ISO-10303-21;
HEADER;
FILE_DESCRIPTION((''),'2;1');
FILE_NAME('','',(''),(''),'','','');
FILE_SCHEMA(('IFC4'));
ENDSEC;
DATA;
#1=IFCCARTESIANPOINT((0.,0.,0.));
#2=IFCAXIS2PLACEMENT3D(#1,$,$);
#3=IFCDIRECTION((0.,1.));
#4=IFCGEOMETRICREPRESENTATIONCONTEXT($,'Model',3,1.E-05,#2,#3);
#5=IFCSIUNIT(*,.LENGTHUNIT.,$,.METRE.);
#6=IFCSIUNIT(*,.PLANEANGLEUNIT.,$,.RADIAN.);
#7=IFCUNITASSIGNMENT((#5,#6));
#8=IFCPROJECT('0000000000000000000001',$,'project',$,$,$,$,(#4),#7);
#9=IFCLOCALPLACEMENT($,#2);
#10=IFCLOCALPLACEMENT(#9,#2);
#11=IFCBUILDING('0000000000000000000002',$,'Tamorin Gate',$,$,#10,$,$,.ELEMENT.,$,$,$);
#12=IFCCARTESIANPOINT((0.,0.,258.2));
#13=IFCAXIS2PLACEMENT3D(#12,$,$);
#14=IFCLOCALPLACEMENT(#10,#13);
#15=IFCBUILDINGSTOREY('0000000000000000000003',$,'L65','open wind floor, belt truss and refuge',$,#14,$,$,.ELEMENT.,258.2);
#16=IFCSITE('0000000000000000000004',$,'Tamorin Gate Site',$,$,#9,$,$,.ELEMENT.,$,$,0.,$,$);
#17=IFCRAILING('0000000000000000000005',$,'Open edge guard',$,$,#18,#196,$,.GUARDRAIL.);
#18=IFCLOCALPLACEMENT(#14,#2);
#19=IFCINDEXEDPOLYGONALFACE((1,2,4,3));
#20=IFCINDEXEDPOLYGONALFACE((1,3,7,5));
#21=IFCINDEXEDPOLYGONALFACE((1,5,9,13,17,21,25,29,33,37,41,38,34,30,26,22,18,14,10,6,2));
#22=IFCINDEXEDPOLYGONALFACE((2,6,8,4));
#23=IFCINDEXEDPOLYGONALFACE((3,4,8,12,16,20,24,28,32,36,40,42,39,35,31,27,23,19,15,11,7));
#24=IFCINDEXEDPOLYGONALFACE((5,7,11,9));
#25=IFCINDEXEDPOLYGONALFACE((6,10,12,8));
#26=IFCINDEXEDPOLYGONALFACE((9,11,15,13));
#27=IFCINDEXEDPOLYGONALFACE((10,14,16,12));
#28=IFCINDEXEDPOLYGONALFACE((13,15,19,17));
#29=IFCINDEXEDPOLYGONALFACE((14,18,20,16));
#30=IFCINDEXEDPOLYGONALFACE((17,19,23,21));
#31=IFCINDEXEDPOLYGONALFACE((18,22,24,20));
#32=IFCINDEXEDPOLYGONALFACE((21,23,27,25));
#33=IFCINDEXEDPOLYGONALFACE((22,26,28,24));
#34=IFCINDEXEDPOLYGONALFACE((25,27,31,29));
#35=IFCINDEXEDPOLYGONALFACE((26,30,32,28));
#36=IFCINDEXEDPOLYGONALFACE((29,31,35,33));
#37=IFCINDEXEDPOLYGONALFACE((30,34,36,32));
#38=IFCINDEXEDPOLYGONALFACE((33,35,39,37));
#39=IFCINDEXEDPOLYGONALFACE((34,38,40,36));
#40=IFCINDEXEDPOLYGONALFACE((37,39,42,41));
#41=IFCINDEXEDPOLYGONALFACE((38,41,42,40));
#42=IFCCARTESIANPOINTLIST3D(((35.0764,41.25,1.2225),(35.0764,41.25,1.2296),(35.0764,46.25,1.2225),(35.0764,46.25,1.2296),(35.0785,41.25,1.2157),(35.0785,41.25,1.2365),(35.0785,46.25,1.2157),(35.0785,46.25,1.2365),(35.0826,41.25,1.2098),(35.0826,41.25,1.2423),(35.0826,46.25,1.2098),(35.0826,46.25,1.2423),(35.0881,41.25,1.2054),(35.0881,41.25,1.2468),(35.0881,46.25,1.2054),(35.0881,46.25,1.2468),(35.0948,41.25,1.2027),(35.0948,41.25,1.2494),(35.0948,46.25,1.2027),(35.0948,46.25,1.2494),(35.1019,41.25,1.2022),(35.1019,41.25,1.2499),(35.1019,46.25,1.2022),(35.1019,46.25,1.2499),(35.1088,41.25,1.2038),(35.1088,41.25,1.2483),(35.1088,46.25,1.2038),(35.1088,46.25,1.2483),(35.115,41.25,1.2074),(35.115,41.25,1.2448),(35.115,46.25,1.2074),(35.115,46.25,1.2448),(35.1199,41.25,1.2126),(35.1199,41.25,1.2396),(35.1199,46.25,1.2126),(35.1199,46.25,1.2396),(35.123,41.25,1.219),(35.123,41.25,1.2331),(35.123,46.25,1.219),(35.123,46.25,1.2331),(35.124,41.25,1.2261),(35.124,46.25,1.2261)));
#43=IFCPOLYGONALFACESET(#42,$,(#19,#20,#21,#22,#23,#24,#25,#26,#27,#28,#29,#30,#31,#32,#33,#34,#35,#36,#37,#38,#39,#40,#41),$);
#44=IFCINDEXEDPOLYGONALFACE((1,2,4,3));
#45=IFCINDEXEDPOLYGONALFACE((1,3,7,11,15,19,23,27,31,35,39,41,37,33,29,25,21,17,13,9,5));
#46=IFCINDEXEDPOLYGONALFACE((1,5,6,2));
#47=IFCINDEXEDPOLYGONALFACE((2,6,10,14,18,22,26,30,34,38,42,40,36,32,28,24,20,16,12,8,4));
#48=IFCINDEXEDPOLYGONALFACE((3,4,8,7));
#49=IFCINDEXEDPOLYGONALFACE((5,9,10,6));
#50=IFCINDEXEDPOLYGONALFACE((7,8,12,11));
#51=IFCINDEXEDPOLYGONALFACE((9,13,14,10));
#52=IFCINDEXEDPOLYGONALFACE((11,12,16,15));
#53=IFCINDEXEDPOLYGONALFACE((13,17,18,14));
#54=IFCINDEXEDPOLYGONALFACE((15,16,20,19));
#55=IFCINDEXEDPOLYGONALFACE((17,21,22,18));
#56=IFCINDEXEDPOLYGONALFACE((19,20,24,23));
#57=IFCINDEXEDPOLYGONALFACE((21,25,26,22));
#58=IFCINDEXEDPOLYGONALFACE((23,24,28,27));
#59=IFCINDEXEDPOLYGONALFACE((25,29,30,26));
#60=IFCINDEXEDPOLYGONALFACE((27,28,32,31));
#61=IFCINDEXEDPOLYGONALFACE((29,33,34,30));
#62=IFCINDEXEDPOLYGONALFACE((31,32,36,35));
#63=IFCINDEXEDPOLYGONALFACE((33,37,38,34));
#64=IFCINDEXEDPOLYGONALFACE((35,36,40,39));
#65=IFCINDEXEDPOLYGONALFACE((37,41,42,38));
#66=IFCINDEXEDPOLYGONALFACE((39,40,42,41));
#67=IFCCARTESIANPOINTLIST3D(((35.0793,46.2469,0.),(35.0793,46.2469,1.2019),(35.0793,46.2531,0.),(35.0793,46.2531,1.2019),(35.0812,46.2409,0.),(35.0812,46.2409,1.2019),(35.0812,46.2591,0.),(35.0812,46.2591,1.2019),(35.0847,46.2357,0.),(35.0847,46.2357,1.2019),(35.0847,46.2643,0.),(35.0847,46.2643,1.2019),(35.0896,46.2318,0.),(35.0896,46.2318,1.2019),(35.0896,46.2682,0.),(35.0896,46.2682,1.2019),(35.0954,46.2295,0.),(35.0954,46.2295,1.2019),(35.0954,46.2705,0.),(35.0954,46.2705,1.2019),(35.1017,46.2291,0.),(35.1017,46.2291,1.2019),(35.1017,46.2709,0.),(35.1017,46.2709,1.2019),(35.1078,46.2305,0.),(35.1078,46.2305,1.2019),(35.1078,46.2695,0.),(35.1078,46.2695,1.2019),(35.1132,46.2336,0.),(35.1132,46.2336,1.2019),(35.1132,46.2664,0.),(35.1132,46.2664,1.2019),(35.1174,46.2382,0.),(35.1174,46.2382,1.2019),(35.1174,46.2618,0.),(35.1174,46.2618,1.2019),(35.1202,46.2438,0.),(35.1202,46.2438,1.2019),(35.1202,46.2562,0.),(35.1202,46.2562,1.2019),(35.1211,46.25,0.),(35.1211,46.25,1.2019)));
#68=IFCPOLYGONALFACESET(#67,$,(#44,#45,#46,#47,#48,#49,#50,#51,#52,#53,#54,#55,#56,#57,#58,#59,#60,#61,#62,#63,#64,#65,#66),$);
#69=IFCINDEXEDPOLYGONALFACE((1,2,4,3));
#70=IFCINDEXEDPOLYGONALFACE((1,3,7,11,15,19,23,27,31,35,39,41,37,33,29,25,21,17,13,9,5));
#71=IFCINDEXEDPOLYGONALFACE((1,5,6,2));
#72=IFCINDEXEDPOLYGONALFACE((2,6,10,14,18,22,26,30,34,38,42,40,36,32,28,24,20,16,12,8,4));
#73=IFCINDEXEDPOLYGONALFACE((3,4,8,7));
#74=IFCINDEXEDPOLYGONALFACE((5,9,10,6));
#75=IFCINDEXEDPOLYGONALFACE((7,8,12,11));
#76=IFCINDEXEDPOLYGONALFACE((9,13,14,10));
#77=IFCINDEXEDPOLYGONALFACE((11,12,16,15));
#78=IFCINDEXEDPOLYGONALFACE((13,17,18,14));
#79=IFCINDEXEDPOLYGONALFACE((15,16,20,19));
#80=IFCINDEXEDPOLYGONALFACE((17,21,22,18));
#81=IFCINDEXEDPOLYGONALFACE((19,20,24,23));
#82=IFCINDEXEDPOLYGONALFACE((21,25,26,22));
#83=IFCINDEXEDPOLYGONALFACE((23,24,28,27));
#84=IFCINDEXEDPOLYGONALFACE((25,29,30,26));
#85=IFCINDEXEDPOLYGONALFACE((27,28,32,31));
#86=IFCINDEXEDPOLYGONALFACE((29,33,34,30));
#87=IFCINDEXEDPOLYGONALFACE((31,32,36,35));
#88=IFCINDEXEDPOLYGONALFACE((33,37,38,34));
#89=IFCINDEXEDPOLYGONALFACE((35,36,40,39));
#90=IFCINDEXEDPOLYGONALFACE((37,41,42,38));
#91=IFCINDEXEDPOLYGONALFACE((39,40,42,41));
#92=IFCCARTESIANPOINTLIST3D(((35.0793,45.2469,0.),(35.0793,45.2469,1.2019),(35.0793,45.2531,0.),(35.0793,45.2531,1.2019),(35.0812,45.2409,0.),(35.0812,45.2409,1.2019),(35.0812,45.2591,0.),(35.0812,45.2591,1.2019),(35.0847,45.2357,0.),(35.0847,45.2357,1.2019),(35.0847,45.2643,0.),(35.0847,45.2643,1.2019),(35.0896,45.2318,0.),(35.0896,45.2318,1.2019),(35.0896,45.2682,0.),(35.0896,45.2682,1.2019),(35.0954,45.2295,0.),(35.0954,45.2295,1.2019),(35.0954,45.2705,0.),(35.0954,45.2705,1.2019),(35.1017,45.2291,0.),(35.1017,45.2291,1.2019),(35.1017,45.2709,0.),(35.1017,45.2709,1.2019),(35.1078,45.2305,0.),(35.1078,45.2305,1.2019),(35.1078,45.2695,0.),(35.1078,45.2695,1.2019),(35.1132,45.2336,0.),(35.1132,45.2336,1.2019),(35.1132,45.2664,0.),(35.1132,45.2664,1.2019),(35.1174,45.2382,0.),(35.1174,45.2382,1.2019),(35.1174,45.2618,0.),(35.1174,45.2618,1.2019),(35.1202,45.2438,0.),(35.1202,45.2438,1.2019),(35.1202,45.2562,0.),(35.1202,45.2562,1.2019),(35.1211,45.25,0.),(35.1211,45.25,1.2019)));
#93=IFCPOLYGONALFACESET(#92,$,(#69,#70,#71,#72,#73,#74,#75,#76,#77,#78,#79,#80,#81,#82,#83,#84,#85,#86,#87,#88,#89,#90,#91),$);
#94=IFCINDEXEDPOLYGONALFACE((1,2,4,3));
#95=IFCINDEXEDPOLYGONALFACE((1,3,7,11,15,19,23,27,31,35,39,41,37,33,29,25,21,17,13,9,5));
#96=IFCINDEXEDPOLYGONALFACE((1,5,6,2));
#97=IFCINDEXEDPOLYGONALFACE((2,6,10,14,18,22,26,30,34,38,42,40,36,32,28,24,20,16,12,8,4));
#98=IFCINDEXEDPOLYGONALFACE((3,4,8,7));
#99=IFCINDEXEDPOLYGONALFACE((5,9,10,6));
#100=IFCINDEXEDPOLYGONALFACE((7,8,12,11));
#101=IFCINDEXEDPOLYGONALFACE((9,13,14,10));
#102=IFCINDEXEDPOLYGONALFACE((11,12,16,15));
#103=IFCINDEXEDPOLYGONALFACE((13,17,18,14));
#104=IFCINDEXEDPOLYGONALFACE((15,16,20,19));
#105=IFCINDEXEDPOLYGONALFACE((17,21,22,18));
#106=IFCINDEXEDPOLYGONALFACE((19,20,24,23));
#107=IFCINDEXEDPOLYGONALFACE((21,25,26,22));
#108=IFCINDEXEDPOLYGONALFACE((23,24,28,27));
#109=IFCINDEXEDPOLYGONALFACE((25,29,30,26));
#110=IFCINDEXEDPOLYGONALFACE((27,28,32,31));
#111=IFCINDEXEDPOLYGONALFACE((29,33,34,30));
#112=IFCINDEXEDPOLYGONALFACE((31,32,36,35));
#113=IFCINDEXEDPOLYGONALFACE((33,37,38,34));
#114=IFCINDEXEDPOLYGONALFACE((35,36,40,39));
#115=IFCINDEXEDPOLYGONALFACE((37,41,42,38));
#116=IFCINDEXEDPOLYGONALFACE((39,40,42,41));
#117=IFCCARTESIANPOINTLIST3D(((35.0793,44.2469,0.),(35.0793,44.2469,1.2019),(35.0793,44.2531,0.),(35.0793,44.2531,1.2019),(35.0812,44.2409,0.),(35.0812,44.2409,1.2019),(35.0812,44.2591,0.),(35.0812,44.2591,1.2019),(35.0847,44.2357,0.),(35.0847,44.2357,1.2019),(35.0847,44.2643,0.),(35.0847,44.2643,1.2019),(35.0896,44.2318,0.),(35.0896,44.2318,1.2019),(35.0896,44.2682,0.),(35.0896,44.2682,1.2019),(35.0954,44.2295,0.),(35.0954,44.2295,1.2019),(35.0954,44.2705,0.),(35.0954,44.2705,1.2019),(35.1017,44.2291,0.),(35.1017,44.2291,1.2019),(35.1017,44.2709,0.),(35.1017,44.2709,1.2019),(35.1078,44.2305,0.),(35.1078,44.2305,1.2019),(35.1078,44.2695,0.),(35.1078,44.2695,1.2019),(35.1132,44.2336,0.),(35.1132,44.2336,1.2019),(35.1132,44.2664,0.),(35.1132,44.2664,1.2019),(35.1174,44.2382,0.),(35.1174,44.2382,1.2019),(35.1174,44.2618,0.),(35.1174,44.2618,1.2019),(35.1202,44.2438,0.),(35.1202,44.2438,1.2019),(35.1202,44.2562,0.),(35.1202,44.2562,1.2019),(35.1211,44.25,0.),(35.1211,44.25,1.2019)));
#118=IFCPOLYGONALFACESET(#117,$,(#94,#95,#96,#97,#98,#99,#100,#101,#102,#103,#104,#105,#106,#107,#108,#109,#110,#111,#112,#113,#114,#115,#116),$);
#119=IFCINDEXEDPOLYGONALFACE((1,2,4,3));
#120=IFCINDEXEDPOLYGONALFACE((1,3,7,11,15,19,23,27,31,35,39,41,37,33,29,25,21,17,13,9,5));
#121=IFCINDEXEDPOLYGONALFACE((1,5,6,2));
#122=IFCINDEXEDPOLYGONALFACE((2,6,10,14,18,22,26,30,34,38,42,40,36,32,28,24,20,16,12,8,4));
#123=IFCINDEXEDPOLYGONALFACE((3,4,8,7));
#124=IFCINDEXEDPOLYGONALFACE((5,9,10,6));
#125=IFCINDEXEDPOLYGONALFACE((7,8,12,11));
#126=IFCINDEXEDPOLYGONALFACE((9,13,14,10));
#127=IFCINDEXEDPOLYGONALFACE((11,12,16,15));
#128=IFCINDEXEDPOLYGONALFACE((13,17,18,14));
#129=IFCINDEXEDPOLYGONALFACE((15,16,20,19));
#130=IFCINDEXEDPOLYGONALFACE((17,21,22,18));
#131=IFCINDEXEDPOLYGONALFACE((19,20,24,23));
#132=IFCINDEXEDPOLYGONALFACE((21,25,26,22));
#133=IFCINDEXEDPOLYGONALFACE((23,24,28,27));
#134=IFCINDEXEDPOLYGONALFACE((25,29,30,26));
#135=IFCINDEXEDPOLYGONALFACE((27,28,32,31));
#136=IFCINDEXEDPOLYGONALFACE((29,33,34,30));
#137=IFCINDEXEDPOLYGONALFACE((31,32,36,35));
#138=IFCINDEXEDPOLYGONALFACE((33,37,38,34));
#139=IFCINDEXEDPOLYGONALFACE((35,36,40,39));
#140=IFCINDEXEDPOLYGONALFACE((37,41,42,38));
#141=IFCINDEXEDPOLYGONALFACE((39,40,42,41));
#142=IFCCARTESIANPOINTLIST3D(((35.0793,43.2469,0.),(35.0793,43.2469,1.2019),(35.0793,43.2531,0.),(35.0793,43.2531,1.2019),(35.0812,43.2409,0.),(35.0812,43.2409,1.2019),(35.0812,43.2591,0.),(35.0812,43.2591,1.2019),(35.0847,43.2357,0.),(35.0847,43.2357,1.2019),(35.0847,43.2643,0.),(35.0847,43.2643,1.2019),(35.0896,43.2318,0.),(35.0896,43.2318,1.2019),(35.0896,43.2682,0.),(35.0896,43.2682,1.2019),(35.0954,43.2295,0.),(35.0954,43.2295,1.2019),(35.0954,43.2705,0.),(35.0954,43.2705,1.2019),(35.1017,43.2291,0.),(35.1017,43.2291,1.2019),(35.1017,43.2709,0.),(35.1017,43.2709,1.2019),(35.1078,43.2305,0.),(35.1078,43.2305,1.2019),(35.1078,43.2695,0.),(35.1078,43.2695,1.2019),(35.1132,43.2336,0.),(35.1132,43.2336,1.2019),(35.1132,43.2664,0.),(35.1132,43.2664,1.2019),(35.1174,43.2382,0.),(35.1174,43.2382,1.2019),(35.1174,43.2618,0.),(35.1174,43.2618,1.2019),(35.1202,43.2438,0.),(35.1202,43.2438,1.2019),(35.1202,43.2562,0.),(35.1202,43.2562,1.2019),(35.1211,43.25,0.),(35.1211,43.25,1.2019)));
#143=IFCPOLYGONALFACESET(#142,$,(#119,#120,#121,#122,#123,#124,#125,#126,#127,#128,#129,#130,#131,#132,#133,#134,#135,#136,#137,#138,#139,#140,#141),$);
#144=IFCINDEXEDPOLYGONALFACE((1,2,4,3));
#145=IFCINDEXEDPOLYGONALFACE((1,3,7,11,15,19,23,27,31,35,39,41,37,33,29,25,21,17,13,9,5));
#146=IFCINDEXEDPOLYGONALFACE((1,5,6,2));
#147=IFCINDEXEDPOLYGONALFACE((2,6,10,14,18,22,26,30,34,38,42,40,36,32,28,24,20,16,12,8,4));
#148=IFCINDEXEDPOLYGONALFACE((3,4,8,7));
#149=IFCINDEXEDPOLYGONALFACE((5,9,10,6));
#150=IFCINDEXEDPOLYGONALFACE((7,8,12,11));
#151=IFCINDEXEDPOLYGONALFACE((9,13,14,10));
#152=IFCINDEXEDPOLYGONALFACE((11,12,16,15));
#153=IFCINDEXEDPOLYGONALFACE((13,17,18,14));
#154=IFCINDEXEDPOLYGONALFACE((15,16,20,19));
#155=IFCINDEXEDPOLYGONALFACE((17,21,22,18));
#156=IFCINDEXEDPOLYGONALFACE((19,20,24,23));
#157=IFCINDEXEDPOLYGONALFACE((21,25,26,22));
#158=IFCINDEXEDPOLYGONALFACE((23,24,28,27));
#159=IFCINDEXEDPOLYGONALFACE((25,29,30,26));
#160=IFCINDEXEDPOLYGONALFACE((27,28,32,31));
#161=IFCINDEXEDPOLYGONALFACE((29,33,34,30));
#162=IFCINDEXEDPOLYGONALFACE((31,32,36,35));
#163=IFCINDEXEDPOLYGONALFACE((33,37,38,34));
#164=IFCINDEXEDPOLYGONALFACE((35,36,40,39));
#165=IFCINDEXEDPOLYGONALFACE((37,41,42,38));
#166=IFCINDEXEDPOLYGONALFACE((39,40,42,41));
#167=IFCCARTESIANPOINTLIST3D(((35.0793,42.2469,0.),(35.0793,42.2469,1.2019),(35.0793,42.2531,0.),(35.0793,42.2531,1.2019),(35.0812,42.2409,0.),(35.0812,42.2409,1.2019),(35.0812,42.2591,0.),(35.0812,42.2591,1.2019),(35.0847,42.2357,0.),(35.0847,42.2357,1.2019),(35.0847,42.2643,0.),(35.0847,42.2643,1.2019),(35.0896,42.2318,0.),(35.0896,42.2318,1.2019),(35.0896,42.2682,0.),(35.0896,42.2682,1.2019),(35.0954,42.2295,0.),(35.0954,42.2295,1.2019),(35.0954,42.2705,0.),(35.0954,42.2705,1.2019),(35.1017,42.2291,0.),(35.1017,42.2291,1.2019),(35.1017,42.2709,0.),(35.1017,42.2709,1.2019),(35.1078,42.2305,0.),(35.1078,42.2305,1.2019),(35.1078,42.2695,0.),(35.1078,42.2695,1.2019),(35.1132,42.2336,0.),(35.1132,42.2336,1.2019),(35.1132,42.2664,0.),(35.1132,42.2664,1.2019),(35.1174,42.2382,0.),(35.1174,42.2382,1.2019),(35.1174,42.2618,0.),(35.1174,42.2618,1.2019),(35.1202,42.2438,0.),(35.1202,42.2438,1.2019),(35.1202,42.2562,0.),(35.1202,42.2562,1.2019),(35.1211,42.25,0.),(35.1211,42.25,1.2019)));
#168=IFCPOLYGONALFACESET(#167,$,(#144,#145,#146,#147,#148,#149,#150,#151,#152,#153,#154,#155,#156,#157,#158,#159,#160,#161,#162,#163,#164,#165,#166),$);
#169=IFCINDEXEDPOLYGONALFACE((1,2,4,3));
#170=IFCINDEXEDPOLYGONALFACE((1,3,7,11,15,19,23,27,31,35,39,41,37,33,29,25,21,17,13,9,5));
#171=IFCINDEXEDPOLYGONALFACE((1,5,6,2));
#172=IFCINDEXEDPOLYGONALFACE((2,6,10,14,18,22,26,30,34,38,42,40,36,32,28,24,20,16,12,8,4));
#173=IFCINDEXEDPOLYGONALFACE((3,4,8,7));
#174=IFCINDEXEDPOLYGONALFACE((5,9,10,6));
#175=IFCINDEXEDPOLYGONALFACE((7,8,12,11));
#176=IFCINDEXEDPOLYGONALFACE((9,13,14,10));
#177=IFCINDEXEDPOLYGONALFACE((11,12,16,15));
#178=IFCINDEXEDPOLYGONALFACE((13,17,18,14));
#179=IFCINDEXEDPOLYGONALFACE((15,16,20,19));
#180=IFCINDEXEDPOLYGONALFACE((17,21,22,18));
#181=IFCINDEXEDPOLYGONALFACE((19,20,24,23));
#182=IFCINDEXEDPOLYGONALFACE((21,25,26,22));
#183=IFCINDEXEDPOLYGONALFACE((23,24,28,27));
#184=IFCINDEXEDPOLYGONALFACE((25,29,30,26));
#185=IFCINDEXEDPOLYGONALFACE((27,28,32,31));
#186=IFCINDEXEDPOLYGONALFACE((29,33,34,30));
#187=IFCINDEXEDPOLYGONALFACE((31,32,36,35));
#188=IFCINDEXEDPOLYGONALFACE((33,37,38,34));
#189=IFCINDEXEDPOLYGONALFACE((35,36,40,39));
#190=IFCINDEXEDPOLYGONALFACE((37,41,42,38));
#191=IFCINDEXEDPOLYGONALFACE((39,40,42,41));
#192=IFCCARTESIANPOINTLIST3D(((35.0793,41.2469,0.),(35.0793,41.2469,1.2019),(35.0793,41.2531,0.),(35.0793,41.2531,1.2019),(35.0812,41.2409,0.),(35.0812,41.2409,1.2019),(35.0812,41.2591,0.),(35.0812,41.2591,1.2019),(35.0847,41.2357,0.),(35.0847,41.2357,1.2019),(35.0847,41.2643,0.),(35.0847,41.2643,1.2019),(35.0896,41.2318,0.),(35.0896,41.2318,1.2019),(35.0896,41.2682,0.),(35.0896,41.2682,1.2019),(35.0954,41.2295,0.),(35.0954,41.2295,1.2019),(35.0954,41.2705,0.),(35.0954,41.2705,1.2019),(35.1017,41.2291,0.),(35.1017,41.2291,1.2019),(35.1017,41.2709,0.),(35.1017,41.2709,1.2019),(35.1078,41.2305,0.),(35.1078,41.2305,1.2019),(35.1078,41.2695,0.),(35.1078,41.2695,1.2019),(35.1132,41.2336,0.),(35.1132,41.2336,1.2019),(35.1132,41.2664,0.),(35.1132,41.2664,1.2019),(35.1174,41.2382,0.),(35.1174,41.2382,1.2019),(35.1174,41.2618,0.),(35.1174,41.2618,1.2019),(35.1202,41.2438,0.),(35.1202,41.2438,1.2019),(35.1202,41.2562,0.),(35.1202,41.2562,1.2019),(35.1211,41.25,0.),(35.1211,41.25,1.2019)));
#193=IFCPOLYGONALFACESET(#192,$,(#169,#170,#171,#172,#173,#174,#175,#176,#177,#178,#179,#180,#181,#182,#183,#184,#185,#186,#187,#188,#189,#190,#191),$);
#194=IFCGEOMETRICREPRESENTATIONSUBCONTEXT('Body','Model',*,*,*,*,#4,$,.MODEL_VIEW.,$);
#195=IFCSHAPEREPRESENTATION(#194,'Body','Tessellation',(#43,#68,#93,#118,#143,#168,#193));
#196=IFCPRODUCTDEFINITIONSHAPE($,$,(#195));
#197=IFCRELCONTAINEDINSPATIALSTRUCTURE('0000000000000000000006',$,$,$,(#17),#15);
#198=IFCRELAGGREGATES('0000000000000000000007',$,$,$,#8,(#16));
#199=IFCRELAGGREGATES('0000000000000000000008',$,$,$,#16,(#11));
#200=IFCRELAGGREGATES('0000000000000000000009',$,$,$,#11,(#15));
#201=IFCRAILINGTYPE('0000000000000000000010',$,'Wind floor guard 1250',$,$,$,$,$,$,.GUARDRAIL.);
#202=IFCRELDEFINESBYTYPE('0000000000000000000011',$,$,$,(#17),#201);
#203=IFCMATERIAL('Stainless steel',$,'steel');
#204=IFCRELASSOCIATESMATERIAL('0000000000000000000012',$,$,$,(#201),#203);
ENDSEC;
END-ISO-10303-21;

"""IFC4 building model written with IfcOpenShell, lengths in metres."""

from ifc_helpers import new_model, si_unit, direction, frame, origin, origin_2d, place, context, subcontext, project, spatial, circle, extrude, material, type_object, element, save


model = new_model("IFC4")

# Units and contexts
model_context = context("Model", 3, precision=1e-05, world=origin(), true_north=direction((0.0, 1.0)))
body_context = subcontext(model_context, "Body", "Model", "MODEL_VIEW")
ifc_project = project(units=[si_unit("LENGTHUNIT", "METRE"), si_unit("PLANEANGLEUNIT", "RADIAN")], contexts=[model_context])

# Site, building, storey
site_placement = place(None, origin())
site = spatial("IfcSite", under=ifc_project, at=site_placement, Name="Tamorin Gate Site", CompositionType="ELEMENT", RefElevation=0.0)
building_placement = place(site_placement, origin())
building = spatial("IfcBuilding", under=site, at=building_placement, Name="Tamorin Gate", CompositionType="ELEMENT")
storey_placement = place(building_placement, frame((0.0, 0.0, 258.2)))
storey = spatial("IfcBuildingStorey", under=building, at=storey_placement, Name="L65", Description="open wind floor, belt truss and refuge", CompositionType="ELEMENT", Elevation=258.2)

# Railing
ifc_material_1 = material(Name="Stainless steel", Category="steel")
railing_type = type_object("IfcRailingType", Name="Wind floor guard 1250", PredefinedType="GUARDRAIL", material=ifc_material_1)
railing_placement = place(storey_placement, frame((35.1001, 46.25, 0.0)))
element("IfcRailing", 1, at=railing_placement, inside=storey, type_object=railing_type, Name="Open edge guard", PredefinedType="GUARDRAIL", context=body_context, shape_type="SweptSolid", body=[
    extrude(circle(Radius=0.0239, at=origin_2d()), frame((0.0, 0.0, 1.2261), z_axis=(0.0, -1.0, 0.0), x_axis=(1.0, 0.0, 0.0)), (0.0, 0.0, 1.0), 5.0),
    extrude(circle(Radius=0.021, at=origin_2d()), origin(), (0.0, 0.0, 1.0), 1.2019),
    extrude(circle(Radius=0.021, at=origin_2d()), frame((0.0, -1.0, 0.0)), (0.0, 0.0, 1.0), 1.2019),
    extrude(circle(Radius=0.021, at=origin_2d()), frame((0.0, -2.0, 0.0)), (0.0, 0.0, 1.0), 1.2019),
    extrude(circle(Radius=0.021, at=origin_2d()), frame((0.0, -3.0, 0.0)), (0.0, 0.0, 1.0), 1.2019),
    extrude(circle(Radius=0.021, at=origin_2d()), frame((0.0, -4.0, 0.0)), (0.0, 0.0, 1.0), 1.2019),
    extrude(circle(Radius=0.021, at=origin_2d()), frame((0.0, -5.0, 0.0)), (0.0, 0.0, 1.0), 1.2019),
])

save(model, "model.ifc")
